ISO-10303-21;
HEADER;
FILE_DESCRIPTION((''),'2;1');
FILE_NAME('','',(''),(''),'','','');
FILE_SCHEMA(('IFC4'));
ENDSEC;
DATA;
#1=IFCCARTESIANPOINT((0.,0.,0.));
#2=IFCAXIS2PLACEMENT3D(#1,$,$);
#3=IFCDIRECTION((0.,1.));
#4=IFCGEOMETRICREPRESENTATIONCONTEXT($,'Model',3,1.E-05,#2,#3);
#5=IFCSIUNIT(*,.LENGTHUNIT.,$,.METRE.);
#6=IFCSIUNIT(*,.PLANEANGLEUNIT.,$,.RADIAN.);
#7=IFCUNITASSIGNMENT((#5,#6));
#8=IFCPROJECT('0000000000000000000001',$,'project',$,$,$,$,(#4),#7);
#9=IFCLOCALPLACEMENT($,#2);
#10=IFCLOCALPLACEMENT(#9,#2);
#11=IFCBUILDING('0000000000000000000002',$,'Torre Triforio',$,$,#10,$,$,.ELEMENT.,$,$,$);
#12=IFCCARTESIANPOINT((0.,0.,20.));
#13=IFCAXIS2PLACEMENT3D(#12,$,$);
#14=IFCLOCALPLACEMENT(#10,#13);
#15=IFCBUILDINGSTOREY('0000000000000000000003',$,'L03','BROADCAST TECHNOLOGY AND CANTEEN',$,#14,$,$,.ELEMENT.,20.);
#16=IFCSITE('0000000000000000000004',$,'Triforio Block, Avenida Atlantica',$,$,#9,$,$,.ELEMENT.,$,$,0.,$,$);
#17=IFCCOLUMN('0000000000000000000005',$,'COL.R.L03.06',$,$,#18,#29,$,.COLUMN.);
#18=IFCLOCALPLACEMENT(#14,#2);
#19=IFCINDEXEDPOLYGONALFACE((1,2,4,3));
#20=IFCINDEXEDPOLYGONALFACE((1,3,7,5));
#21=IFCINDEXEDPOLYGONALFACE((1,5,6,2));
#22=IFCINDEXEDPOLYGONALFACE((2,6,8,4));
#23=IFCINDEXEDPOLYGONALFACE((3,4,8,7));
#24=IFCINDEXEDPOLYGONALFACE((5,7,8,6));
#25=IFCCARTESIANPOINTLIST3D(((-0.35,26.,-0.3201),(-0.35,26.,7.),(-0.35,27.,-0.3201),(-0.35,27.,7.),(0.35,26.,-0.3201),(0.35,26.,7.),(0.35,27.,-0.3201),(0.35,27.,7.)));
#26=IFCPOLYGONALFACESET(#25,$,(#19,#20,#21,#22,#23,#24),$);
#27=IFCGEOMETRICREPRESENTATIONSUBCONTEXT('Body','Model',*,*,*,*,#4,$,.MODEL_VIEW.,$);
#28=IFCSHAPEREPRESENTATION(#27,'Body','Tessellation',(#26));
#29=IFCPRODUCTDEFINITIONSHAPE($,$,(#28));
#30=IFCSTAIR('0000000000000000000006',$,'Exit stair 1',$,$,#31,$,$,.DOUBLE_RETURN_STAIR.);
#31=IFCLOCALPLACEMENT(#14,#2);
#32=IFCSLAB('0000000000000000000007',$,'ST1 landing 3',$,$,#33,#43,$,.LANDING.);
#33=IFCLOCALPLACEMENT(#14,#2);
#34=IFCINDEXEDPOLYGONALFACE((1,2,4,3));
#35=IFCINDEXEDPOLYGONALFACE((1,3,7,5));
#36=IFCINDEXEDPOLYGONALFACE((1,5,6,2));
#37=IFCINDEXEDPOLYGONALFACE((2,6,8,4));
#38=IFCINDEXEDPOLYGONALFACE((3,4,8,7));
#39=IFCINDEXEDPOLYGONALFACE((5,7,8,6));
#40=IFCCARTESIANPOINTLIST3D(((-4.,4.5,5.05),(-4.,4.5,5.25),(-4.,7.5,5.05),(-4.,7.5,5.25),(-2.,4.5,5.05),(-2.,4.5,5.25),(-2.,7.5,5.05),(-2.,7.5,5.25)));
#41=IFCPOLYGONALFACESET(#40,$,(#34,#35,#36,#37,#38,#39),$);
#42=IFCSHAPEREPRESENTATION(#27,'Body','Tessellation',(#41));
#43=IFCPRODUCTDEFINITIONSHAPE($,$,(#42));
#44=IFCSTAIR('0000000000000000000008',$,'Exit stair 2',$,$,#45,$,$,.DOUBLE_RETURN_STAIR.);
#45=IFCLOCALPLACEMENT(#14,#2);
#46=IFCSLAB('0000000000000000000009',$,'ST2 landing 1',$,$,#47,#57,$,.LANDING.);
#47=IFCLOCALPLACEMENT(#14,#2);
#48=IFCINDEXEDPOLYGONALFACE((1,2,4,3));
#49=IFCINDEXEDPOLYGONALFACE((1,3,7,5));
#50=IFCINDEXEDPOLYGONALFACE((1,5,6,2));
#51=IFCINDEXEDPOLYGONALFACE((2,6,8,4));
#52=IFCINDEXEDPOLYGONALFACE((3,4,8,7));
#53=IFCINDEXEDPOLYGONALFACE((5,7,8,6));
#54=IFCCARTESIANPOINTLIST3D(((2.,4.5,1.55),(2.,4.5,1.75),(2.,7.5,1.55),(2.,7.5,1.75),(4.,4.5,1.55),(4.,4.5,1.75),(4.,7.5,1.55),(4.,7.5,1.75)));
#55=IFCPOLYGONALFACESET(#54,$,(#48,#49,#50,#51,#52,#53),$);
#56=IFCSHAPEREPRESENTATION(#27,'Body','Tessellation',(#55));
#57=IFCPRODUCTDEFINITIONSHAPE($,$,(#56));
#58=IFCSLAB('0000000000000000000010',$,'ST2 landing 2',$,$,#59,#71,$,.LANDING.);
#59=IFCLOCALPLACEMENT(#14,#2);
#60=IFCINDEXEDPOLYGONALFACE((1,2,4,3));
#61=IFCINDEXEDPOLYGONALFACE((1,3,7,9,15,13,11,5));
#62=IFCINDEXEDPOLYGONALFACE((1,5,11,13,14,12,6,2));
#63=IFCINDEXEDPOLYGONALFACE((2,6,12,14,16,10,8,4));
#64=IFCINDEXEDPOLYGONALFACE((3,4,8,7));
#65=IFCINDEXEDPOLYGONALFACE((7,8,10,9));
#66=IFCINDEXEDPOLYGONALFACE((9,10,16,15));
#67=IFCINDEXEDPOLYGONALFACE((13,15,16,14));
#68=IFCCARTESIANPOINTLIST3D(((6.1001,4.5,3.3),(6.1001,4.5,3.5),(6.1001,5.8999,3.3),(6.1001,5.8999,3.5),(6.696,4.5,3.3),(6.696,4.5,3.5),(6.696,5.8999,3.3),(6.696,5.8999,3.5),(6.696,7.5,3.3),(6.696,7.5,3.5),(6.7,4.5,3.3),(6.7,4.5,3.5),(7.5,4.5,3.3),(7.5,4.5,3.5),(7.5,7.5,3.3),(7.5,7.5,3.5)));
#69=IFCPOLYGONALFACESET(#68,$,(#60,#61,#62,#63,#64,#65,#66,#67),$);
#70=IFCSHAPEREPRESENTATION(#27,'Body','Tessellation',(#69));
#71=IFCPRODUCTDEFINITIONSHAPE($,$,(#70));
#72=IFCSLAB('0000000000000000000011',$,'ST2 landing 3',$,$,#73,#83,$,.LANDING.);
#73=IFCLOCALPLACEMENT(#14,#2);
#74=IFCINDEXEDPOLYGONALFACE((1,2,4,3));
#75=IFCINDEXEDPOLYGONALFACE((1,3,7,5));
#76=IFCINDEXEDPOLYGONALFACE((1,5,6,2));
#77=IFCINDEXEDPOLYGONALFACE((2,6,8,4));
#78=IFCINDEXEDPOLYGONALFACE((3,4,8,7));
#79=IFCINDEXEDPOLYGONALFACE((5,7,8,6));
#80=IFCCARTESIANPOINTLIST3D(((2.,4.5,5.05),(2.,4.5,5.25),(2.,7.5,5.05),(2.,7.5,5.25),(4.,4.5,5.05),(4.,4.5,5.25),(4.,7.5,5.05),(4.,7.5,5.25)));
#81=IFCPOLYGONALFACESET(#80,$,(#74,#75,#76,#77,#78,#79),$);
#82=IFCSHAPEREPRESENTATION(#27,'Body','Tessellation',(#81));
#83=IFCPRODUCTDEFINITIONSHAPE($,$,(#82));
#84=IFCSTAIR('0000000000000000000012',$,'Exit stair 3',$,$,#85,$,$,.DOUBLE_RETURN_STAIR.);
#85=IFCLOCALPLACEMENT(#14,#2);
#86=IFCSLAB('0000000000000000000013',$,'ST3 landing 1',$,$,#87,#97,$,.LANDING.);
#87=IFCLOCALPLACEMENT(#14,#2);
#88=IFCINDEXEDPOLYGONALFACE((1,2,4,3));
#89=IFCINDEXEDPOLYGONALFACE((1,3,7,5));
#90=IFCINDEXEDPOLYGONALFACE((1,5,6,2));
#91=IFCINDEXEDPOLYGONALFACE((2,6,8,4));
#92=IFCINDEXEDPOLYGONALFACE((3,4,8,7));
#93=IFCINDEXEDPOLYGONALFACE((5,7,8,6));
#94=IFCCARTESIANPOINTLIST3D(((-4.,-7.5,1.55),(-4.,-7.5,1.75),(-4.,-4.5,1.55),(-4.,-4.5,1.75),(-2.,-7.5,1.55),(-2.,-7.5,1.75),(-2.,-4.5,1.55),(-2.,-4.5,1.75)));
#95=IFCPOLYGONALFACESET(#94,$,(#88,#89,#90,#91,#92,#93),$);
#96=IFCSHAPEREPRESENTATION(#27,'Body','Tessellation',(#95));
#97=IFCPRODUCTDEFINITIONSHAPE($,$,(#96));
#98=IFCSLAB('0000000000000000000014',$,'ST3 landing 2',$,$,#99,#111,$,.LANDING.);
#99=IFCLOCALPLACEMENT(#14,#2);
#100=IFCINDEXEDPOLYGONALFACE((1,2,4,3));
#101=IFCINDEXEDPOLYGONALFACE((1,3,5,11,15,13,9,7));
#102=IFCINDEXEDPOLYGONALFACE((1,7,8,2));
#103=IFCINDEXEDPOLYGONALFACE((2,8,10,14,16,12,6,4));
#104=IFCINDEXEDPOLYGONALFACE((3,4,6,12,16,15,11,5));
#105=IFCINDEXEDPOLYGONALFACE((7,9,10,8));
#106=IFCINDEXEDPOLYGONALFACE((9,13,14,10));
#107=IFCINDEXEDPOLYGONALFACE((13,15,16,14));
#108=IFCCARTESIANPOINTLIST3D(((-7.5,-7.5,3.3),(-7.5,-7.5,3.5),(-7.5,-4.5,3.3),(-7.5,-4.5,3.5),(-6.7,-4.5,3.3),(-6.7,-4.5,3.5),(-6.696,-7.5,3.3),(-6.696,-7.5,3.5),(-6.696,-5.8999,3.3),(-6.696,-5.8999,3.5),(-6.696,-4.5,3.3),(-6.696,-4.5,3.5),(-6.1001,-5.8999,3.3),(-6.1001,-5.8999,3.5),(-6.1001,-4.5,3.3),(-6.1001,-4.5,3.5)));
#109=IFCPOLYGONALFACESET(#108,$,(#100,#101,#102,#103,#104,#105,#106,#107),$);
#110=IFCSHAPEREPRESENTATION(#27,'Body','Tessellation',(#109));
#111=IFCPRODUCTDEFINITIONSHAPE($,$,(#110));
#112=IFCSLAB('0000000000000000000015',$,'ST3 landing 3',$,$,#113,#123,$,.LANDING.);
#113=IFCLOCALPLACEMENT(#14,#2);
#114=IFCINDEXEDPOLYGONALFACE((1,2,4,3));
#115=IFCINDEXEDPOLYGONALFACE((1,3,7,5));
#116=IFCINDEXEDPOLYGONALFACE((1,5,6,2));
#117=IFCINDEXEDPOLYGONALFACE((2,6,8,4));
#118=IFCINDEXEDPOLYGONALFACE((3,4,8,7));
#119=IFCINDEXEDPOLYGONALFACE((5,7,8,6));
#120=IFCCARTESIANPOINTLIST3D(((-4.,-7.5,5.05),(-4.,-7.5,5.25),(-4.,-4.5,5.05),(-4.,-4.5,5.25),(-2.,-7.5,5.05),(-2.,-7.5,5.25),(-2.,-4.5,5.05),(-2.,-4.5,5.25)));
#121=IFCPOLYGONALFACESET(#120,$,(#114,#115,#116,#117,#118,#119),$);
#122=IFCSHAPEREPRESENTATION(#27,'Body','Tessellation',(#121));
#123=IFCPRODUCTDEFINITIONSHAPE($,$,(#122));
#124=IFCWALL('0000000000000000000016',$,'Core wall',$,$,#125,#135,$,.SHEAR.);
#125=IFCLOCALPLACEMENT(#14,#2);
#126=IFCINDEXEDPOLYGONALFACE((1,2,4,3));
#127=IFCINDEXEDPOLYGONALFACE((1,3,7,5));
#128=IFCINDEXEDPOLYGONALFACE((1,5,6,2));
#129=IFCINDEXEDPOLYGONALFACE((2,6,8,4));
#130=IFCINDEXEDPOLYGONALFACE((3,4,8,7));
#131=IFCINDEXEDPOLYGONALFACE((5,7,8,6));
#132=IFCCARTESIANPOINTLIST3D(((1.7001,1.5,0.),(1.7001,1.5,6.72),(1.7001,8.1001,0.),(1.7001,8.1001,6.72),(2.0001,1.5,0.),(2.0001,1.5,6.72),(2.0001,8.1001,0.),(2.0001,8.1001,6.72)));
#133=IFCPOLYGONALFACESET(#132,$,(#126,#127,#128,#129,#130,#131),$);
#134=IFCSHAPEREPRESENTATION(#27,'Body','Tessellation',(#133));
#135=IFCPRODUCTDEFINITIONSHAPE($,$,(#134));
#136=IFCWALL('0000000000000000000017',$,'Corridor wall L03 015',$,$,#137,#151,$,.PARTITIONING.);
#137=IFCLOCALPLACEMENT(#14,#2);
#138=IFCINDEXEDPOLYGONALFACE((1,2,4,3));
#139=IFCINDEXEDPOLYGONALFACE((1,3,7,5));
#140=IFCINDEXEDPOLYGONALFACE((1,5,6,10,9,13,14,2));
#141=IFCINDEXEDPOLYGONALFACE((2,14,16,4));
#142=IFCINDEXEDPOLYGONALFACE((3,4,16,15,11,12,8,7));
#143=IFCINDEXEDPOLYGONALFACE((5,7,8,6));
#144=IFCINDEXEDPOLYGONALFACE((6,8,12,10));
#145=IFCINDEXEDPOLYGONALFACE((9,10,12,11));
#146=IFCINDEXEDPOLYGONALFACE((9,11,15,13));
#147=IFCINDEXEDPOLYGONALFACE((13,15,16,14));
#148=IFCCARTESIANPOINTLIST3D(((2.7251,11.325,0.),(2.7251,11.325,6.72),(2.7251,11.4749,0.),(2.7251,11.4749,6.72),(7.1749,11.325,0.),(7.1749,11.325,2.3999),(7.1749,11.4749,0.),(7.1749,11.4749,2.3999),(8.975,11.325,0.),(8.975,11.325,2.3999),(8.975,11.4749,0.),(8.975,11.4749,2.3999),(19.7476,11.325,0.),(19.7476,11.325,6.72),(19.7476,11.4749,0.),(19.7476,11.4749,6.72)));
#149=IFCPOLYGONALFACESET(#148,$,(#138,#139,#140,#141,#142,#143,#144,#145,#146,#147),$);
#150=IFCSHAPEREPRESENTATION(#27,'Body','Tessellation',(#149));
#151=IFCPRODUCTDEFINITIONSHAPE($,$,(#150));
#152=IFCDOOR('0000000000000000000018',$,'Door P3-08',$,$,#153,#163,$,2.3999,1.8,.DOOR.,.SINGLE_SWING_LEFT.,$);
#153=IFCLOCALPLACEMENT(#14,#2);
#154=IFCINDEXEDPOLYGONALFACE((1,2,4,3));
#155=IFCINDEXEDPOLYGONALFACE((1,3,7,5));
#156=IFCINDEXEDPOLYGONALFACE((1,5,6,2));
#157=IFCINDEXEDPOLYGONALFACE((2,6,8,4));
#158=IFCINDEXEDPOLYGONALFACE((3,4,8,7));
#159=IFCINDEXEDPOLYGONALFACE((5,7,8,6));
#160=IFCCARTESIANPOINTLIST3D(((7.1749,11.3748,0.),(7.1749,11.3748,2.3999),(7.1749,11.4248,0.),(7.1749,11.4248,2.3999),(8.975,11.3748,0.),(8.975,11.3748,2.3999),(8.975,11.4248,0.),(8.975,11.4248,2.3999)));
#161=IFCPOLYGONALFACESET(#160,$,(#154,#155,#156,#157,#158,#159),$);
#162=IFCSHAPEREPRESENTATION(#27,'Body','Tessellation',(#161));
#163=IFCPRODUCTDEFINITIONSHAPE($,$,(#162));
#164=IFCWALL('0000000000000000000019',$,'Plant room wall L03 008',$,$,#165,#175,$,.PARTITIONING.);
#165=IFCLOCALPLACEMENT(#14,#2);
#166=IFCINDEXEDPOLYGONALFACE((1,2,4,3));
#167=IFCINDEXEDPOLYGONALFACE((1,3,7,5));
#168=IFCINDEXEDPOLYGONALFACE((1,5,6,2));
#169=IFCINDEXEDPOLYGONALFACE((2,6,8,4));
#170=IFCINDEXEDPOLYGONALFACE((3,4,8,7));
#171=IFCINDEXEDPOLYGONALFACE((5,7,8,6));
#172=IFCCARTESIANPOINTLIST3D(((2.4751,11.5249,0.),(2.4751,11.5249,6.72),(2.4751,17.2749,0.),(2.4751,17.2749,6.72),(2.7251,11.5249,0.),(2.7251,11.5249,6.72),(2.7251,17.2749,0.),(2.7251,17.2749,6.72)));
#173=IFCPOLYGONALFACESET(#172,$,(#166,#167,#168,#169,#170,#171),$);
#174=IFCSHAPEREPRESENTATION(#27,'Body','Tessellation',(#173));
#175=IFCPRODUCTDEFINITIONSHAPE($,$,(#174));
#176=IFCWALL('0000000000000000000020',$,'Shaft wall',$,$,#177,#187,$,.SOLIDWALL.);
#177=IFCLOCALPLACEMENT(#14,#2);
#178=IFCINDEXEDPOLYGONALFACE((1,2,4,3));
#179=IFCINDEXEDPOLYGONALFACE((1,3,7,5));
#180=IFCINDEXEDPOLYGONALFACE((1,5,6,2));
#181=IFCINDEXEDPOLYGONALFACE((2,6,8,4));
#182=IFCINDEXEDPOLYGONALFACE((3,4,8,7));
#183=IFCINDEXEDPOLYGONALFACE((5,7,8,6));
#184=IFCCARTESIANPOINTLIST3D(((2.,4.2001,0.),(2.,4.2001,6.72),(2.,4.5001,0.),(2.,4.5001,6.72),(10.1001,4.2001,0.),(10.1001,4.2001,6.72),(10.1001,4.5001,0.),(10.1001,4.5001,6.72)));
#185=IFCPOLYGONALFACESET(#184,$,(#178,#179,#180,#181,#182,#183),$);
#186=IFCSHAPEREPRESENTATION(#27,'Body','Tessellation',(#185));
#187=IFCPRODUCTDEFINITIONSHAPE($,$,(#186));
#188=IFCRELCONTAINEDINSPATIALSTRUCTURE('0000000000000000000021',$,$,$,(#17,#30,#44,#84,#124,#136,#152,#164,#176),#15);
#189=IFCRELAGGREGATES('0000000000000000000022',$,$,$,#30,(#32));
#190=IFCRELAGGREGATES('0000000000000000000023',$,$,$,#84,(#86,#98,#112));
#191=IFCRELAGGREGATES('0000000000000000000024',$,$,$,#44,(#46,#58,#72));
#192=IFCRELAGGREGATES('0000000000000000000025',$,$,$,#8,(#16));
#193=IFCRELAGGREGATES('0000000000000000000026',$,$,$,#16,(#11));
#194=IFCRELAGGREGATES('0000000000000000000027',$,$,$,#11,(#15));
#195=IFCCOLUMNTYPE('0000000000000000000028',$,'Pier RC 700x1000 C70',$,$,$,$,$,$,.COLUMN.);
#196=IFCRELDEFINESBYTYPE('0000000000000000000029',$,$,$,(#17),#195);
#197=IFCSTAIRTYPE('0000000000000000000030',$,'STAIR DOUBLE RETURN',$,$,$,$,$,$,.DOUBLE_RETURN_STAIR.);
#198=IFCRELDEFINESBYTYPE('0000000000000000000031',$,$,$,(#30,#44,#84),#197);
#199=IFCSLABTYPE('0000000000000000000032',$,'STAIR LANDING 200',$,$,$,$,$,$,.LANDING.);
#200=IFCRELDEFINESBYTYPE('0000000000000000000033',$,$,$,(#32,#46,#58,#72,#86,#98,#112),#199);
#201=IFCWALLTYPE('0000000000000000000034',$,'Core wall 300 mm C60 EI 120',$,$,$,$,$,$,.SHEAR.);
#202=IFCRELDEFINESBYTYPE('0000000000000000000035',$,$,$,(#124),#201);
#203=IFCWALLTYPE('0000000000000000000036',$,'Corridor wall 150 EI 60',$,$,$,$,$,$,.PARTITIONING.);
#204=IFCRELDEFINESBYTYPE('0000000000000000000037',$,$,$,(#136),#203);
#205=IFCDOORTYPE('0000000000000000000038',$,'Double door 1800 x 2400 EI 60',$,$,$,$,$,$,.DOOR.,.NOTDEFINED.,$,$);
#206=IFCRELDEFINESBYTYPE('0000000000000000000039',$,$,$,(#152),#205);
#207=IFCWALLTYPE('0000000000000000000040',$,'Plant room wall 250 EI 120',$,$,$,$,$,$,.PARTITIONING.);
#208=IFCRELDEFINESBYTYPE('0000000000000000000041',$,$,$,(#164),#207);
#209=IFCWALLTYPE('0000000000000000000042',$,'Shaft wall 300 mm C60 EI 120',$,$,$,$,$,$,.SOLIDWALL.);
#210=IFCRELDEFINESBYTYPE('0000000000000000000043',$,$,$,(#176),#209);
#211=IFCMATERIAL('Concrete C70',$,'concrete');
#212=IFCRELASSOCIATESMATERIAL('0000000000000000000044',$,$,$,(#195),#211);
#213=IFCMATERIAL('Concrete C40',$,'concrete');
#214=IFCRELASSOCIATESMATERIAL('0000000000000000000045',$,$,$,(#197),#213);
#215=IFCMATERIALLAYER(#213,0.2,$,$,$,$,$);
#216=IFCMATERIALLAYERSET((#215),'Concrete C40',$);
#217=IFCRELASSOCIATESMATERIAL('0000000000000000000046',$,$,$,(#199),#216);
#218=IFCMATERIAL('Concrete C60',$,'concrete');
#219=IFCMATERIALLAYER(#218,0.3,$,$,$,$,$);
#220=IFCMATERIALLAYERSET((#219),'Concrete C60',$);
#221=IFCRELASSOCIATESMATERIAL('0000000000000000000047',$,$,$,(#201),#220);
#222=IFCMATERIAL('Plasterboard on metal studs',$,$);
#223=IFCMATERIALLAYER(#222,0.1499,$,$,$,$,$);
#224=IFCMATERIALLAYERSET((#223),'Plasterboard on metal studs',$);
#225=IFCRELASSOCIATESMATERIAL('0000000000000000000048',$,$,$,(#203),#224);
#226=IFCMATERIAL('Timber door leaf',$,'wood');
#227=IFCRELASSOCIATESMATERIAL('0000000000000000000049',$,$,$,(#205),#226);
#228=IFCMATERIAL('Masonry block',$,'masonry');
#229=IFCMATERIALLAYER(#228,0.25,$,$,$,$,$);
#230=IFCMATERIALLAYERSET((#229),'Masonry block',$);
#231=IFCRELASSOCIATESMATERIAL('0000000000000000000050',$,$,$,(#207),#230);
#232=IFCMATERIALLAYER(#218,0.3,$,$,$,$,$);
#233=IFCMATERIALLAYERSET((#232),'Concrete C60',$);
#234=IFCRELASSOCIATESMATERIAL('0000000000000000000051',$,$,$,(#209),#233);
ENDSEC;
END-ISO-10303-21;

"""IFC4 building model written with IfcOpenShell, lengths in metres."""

from ifc_helpers import new_model, si_unit, direction, frame, frame_2d, origin, origin_2d, place, context, subcontext, project, spatial, polyline, rectangle, outline, extrude, material, layer, layer_set, material_profile, profile_set, type_object, element, fill, aggregate, save


model = new_model("IFC4")

# Units and contexts
model_context = context("Model", 3, precision=1e-05, world=origin(), true_north=direction((0.0, 1.0)))
body_context = subcontext(model_context, "Body", "Model", "MODEL_VIEW")
ifc_project = project(units=[si_unit("LENGTHUNIT", "METRE"), si_unit("PLANEANGLEUNIT", "RADIAN")], contexts=[model_context])

# Site, building, storey
site_placement = place(None, origin())
site = spatial("IfcSite", under=ifc_project, at=site_placement, Name="Triforio Block, Avenida Atlantica", CompositionType="ELEMENT", RefElevation=0.0)
building_placement = place(site_placement, origin())
building = spatial("IfcBuilding", under=site, at=building_placement, Name="Torre Triforio", CompositionType="ELEMENT")
storey_placement = place(building_placement, frame((0.0, 0.0, 20.0)))
storey = spatial("IfcBuildingStorey", under=building, at=storey_placement, Name="L03", Description="BROADCAST TECHNOLOGY AND CANTEEN", CompositionType="ELEMENT", Elevation=20.0)

# Column
ifc_material_1 = material(Name="Concrete C70", Category="concrete")
ifc_material_profile_1 = material_profile(ifc_material_1, rectangle(XDim=0.7, YDim=1.0, at=origin_2d()), Name="RC 700x1000")
ifc_profile_set_1 = profile_set([ifc_material_profile_1], Name="Concrete C70")
column_type = type_object("IfcColumnType", Name="Pier RC 700x1000 C70", PredefinedType="COLUMN", material=ifc_profile_set_1)
column_placement = place(storey_placement, frame((0.0, 26.5, -0.3201), z_axis=(0.0, 0.0, 1.0), x_axis=(-1.0, 0.0, 0.0)))
element("IfcColumn", 1, at=column_placement, inside=storey, type_object=column_type, Name="COL.R.L03.06", PredefinedType="COLUMN", context=body_context, shape_type="SweptSolid", body=[
    extrude(rectangle(XDim=0.7, YDim=1.0, at=origin_2d()), origin(), (0.0, 0.0, 1.0), 7.3201),
])

# Stair, slab
ifc_material_2 = material(Name="Concrete C40", Category="concrete")
stair_type = type_object("IfcStairType", Name="STAIR DOUBLE RETURN", PredefinedType="DOUBLE_RETURN_STAIR", material=ifc_material_2)
stair_1_placement = place(storey_placement, origin())
stair_1 = element("IfcStair", 2, at=stair_1_placement, inside=storey, type_object=stair_type, Name="Exit stair 1", PredefinedType="DOUBLE_RETURN_STAIR")
ifc_layer_1 = layer(ifc_material_2, 0.2)
ifc_layer_set_1 = layer_set([ifc_layer_1], Name="Concrete C40")
slab_type = type_object("IfcSlabType", Name="STAIR LANDING 200", PredefinedType="LANDING", material=ifc_layer_set_1)
slab_1_placement = place(storey_placement, frame((0.0, 0.0, 5.05)))
slab_1 = element("IfcSlab", 3, at=slab_1_placement, type_object=slab_type, Name="ST1 landing 3", PredefinedType="LANDING", context=body_context, shape_type="SweptSolid", body=[
    extrude(outline(polyline([(-2.0, 4.5), (-2.0, 7.5), (-4.0, 7.5), (-4.0, 4.5), (-2.0, 4.5)])), origin(), (0.0, 0.0, 1.0), 0.2),
])
aggregate(stair_1, [slab_1])

# Stairs, slabs
stair_2_placement = place(storey_placement, origin())
stair_2 = element("IfcStair", 4, at=stair_2_placement, inside=storey, type_object=stair_type, Name="Exit stair 2", PredefinedType="DOUBLE_RETURN_STAIR")
slab_2_placement = place(storey_placement, frame((0.0, 0.0, 1.55)))
slab_2 = element("IfcSlab", 5, at=slab_2_placement, type_object=slab_type, Name="ST2 landing 1", PredefinedType="LANDING", context=body_context, shape_type="SweptSolid", body=[
    extrude(outline(polyline([(4.0, 4.5), (4.0, 7.5), (2.0, 7.5), (2.0, 4.5), (4.0, 4.5)])), origin(), (0.0, 0.0, 1.0), 0.2),
])
slab_3_placement = place(storey_placement, frame((0.0, 0.0, 3.3)))
slab_3 = element("IfcSlab", 6, at=slab_3_placement, type_object=slab_type, Name="ST2 landing 2", PredefinedType="LANDING", context=body_context, shape_type="SweptSolid", body=[
    extrude(outline(polyline([(6.1001, 4.5), (6.1001, 5.8999), (6.696, 5.8999), (6.696, 7.5), (7.5, 7.5), (7.5, 4.5), (6.7, 4.5), (6.696, 4.5), (6.1001, 4.5)])), origin(), (0.0, 0.0, 1.0), 0.2),
])
slab_4_placement = place(storey_placement, frame((0.0, 0.0, 5.05)))
slab_4 = element("IfcSlab", 7, at=slab_4_placement, type_object=slab_type, Name="ST2 landing 3", PredefinedType="LANDING", context=body_context, shape_type="SweptSolid", body=[
    extrude(outline(polyline([(4.0, 4.5), (4.0, 7.5), (2.0, 7.5), (2.0, 4.5), (4.0, 4.5)])), origin(), (0.0, 0.0, 1.0), 0.2),
])
stair_3_placement = place(storey_placement, origin())
stair_3 = element("IfcStair", 8, at=stair_3_placement, inside=storey, type_object=stair_type, Name="Exit stair 3", PredefinedType="DOUBLE_RETURN_STAIR")
slab_5_placement = place(storey_placement, frame((0.0, 0.0, 1.55)))
slab_5 = element("IfcSlab", 9, at=slab_5_placement, type_object=slab_type, Name="ST3 landing 1", PredefinedType="LANDING", context=body_context, shape_type="SweptSolid", body=[
    extrude(outline(polyline([(-2.0, -7.5), (-2.0, -4.5), (-4.0, -4.5), (-4.0, -7.5), (-2.0, -7.5)])), origin(), (0.0, 0.0, 1.0), 0.2),
])
slab_6_placement = place(storey_placement, frame((0.0, 0.0, 3.3)))
slab_6 = element("IfcSlab", 10, at=slab_6_placement, type_object=slab_type, Name="ST3 landing 2", PredefinedType="LANDING", context=body_context, shape_type="SweptSolid", body=[
    extrude(outline(polyline([(-6.696, -7.5), (-7.5, -7.5), (-7.5, -4.5), (-6.7, -4.5), (-6.696, -4.5), (-6.1001, -4.5), (-6.1001, -5.8999), (-6.696, -5.8999), (-6.696, -7.5)])), origin(), (0.0, 0.0, 1.0), 0.2),
])
slab_7_placement = place(storey_placement, frame((0.0, 0.0, 5.05)))
slab_7 = element("IfcSlab", 11, at=slab_7_placement, type_object=slab_type, Name="ST3 landing 3", PredefinedType="LANDING", context=body_context, shape_type="SweptSolid", body=[
    extrude(outline(polyline([(-2.0, -7.5), (-2.0, -4.5), (-4.0, -4.5), (-4.0, -7.5), (-2.0, -7.5)])), origin(), (0.0, 0.0, 1.0), 0.2),
])
aggregate(stair_3, [slab_5, slab_6, slab_7])

# Wall
ifc_material_3 = material(Name="Concrete C60", Category="concrete")
ifc_layer_2 = layer(ifc_material_3, 0.3)
ifc_layer_set_2 = layer_set([ifc_layer_2], Name="Concrete C60")
wall_type_1 = type_object("IfcWallType", Name="Core wall 300 mm C60 EI 120", PredefinedType="SHEAR", material=ifc_layer_set_2)
wall_1_placement = place(storey_placement, frame((1.8501, 1.5, 0.0), z_axis=(0.0, 0.0, 1.0), x_axis=(0.0, 1.0, 0.0)))
element("IfcWall", 12, at=wall_1_placement, inside=storey, type_object=wall_type_1, Name="Core wall", PredefinedType="SHEAR", context=body_context, shape_type="SweptSolid", body=[
    extrude(rectangle(XDim=6.6001, YDim=0.3, at=frame_2d((3.3, 0.0))), origin(), (0.0, 0.0, 1.0), 6.72),
])

# Wall, opening, door
ifc_material_4 = material(Name="Plasterboard on metal studs")
ifc_layer_3 = layer(ifc_material_4, 0.1499)
ifc_layer_set_3 = layer_set([ifc_layer_3], Name="Plasterboard on metal studs")
wall_type_2 = type_object("IfcWallType", Name="Corridor wall 150 EI 60", PredefinedType="PARTITIONING", material=ifc_layer_set_3)
wall_2_placement = place(storey_placement, frame((2.7251, 11.3999, 0.0), z_axis=(0.0, 0.0, 1.0), x_axis=(1.0, 0.0, 0.0)))
wall_2 = element("IfcWall", 13, at=wall_2_placement, inside=storey, type_object=wall_type_2, Name="Corridor wall L03 015", PredefinedType="PARTITIONING", context=body_context, shape_type="SweptSolid", body=[
    extrude(rectangle(XDim=17.0225, YDim=0.1499, at=frame_2d((8.5112, 0.0))), origin(), (0.0, 0.0, 1.0), 6.72),
])
opening_1_placement = place(wall_2_placement, frame((4.45, 0.0, 0.0)))
opening_1 = element("IfcOpeningElement", 14, at=opening_1_placement, cuts=wall_2, PredefinedType="OPENING", context=body_context, shape_type="SweptSolid", body=[
    extrude(rectangle(XDim=1.8, YDim=2.3999, at=frame_2d((0.8999, 1.2))), frame((0.0, 0.085, 0.0), z_axis=(0.0, -1.0, 0.0), x_axis=(1.0, 0.0, 0.0)), (0.0, 0.0, 1.0), 0.1699),
])
ifc_material_5 = material(Name="Timber door leaf", Category="wood")
door_type = type_object("IfcDoorType", Name="Double door 1800 x 2400 EI 60", OperationType="NOTDEFINED", PredefinedType="DOOR", material=ifc_material_5)
door_placement = place(opening_1_placement, origin())
door = element("IfcDoor", 15, at=door_placement, inside=storey, type_object=door_type, Name="Door P3-08", OperationType="SINGLE_SWING_LEFT", OverallHeight=2.3999, OverallWidth=1.8, PredefinedType="DOOR", context=body_context, shape_type="SweptSolid", body=[
    extrude(rectangle(XDim=1.8, YDim=2.3999, at=frame_2d((0.8999, 1.2))), frame((0.0, 0.0249, 0.0), z_axis=(0.0, -1.0, 0.0), x_axis=(1.0, 0.0, 0.0)), (0.0, 0.0, 1.0), 0.05),
])
fill(opening_1, door)

# Walls
ifc_material_6 = material(Name="Masonry block", Category="masonry")
ifc_layer_4 = layer(ifc_material_6, 0.25)
ifc_layer_set_4 = layer_set([ifc_layer_4], Name="Masonry block")
wall_type_3 = type_object("IfcWallType", Name="Plant room wall 250 EI 120", PredefinedType="PARTITIONING", material=ifc_layer_set_4)
wall_3_placement = place(storey_placement, frame((2.6001, 11.5249, 0.0), z_axis=(0.0, 0.0, 1.0), x_axis=(0.0, 1.0, 0.0)))
element("IfcWall", 16, at=wall_3_placement, inside=storey, type_object=wall_type_3, Name="Plant room wall L03 008", PredefinedType="PARTITIONING", context=body_context, shape_type="SweptSolid", body=[
    extrude(rectangle(XDim=5.75, YDim=0.25, at=frame_2d((2.875, 0.0))), origin(), (0.0, 0.0, 1.0), 6.72),
])
ifc_layer_5 = layer(ifc_material_3, 0.3)
ifc_layer_set_5 = layer_set([ifc_layer_5], Name="Concrete C60")
wall_type_4 = type_object("IfcWallType", Name="Shaft wall 300 mm C60 EI 120", PredefinedType="SOLIDWALL", material=ifc_layer_set_5)
for number, where, z_axis, x_axis, name in (
    (17, (2.0, 4.3501, 0.0), (0.0, 0.0, 1.0), (1.0, 0.0, 0.0), "Shaft wall"),
):
    element("IfcWall", number, at=place(storey_placement, frame(where, z_axis=z_axis, x_axis=x_axis)), inside=storey, type_object=wall_type_4, Name=name, PredefinedType="SOLIDWALL", context=body_context, shape_type="SweptSolid", body=[
        extrude(rectangle(XDim=8.1001, YDim=0.3, at=frame_2d((4.05, 0.0))), origin(), (0.0, 0.0, 1.0), 6.72),
    ])

aggregate(stair_2, [slab_2, slab_3, slab_4])

save(model, "model.ifc")
